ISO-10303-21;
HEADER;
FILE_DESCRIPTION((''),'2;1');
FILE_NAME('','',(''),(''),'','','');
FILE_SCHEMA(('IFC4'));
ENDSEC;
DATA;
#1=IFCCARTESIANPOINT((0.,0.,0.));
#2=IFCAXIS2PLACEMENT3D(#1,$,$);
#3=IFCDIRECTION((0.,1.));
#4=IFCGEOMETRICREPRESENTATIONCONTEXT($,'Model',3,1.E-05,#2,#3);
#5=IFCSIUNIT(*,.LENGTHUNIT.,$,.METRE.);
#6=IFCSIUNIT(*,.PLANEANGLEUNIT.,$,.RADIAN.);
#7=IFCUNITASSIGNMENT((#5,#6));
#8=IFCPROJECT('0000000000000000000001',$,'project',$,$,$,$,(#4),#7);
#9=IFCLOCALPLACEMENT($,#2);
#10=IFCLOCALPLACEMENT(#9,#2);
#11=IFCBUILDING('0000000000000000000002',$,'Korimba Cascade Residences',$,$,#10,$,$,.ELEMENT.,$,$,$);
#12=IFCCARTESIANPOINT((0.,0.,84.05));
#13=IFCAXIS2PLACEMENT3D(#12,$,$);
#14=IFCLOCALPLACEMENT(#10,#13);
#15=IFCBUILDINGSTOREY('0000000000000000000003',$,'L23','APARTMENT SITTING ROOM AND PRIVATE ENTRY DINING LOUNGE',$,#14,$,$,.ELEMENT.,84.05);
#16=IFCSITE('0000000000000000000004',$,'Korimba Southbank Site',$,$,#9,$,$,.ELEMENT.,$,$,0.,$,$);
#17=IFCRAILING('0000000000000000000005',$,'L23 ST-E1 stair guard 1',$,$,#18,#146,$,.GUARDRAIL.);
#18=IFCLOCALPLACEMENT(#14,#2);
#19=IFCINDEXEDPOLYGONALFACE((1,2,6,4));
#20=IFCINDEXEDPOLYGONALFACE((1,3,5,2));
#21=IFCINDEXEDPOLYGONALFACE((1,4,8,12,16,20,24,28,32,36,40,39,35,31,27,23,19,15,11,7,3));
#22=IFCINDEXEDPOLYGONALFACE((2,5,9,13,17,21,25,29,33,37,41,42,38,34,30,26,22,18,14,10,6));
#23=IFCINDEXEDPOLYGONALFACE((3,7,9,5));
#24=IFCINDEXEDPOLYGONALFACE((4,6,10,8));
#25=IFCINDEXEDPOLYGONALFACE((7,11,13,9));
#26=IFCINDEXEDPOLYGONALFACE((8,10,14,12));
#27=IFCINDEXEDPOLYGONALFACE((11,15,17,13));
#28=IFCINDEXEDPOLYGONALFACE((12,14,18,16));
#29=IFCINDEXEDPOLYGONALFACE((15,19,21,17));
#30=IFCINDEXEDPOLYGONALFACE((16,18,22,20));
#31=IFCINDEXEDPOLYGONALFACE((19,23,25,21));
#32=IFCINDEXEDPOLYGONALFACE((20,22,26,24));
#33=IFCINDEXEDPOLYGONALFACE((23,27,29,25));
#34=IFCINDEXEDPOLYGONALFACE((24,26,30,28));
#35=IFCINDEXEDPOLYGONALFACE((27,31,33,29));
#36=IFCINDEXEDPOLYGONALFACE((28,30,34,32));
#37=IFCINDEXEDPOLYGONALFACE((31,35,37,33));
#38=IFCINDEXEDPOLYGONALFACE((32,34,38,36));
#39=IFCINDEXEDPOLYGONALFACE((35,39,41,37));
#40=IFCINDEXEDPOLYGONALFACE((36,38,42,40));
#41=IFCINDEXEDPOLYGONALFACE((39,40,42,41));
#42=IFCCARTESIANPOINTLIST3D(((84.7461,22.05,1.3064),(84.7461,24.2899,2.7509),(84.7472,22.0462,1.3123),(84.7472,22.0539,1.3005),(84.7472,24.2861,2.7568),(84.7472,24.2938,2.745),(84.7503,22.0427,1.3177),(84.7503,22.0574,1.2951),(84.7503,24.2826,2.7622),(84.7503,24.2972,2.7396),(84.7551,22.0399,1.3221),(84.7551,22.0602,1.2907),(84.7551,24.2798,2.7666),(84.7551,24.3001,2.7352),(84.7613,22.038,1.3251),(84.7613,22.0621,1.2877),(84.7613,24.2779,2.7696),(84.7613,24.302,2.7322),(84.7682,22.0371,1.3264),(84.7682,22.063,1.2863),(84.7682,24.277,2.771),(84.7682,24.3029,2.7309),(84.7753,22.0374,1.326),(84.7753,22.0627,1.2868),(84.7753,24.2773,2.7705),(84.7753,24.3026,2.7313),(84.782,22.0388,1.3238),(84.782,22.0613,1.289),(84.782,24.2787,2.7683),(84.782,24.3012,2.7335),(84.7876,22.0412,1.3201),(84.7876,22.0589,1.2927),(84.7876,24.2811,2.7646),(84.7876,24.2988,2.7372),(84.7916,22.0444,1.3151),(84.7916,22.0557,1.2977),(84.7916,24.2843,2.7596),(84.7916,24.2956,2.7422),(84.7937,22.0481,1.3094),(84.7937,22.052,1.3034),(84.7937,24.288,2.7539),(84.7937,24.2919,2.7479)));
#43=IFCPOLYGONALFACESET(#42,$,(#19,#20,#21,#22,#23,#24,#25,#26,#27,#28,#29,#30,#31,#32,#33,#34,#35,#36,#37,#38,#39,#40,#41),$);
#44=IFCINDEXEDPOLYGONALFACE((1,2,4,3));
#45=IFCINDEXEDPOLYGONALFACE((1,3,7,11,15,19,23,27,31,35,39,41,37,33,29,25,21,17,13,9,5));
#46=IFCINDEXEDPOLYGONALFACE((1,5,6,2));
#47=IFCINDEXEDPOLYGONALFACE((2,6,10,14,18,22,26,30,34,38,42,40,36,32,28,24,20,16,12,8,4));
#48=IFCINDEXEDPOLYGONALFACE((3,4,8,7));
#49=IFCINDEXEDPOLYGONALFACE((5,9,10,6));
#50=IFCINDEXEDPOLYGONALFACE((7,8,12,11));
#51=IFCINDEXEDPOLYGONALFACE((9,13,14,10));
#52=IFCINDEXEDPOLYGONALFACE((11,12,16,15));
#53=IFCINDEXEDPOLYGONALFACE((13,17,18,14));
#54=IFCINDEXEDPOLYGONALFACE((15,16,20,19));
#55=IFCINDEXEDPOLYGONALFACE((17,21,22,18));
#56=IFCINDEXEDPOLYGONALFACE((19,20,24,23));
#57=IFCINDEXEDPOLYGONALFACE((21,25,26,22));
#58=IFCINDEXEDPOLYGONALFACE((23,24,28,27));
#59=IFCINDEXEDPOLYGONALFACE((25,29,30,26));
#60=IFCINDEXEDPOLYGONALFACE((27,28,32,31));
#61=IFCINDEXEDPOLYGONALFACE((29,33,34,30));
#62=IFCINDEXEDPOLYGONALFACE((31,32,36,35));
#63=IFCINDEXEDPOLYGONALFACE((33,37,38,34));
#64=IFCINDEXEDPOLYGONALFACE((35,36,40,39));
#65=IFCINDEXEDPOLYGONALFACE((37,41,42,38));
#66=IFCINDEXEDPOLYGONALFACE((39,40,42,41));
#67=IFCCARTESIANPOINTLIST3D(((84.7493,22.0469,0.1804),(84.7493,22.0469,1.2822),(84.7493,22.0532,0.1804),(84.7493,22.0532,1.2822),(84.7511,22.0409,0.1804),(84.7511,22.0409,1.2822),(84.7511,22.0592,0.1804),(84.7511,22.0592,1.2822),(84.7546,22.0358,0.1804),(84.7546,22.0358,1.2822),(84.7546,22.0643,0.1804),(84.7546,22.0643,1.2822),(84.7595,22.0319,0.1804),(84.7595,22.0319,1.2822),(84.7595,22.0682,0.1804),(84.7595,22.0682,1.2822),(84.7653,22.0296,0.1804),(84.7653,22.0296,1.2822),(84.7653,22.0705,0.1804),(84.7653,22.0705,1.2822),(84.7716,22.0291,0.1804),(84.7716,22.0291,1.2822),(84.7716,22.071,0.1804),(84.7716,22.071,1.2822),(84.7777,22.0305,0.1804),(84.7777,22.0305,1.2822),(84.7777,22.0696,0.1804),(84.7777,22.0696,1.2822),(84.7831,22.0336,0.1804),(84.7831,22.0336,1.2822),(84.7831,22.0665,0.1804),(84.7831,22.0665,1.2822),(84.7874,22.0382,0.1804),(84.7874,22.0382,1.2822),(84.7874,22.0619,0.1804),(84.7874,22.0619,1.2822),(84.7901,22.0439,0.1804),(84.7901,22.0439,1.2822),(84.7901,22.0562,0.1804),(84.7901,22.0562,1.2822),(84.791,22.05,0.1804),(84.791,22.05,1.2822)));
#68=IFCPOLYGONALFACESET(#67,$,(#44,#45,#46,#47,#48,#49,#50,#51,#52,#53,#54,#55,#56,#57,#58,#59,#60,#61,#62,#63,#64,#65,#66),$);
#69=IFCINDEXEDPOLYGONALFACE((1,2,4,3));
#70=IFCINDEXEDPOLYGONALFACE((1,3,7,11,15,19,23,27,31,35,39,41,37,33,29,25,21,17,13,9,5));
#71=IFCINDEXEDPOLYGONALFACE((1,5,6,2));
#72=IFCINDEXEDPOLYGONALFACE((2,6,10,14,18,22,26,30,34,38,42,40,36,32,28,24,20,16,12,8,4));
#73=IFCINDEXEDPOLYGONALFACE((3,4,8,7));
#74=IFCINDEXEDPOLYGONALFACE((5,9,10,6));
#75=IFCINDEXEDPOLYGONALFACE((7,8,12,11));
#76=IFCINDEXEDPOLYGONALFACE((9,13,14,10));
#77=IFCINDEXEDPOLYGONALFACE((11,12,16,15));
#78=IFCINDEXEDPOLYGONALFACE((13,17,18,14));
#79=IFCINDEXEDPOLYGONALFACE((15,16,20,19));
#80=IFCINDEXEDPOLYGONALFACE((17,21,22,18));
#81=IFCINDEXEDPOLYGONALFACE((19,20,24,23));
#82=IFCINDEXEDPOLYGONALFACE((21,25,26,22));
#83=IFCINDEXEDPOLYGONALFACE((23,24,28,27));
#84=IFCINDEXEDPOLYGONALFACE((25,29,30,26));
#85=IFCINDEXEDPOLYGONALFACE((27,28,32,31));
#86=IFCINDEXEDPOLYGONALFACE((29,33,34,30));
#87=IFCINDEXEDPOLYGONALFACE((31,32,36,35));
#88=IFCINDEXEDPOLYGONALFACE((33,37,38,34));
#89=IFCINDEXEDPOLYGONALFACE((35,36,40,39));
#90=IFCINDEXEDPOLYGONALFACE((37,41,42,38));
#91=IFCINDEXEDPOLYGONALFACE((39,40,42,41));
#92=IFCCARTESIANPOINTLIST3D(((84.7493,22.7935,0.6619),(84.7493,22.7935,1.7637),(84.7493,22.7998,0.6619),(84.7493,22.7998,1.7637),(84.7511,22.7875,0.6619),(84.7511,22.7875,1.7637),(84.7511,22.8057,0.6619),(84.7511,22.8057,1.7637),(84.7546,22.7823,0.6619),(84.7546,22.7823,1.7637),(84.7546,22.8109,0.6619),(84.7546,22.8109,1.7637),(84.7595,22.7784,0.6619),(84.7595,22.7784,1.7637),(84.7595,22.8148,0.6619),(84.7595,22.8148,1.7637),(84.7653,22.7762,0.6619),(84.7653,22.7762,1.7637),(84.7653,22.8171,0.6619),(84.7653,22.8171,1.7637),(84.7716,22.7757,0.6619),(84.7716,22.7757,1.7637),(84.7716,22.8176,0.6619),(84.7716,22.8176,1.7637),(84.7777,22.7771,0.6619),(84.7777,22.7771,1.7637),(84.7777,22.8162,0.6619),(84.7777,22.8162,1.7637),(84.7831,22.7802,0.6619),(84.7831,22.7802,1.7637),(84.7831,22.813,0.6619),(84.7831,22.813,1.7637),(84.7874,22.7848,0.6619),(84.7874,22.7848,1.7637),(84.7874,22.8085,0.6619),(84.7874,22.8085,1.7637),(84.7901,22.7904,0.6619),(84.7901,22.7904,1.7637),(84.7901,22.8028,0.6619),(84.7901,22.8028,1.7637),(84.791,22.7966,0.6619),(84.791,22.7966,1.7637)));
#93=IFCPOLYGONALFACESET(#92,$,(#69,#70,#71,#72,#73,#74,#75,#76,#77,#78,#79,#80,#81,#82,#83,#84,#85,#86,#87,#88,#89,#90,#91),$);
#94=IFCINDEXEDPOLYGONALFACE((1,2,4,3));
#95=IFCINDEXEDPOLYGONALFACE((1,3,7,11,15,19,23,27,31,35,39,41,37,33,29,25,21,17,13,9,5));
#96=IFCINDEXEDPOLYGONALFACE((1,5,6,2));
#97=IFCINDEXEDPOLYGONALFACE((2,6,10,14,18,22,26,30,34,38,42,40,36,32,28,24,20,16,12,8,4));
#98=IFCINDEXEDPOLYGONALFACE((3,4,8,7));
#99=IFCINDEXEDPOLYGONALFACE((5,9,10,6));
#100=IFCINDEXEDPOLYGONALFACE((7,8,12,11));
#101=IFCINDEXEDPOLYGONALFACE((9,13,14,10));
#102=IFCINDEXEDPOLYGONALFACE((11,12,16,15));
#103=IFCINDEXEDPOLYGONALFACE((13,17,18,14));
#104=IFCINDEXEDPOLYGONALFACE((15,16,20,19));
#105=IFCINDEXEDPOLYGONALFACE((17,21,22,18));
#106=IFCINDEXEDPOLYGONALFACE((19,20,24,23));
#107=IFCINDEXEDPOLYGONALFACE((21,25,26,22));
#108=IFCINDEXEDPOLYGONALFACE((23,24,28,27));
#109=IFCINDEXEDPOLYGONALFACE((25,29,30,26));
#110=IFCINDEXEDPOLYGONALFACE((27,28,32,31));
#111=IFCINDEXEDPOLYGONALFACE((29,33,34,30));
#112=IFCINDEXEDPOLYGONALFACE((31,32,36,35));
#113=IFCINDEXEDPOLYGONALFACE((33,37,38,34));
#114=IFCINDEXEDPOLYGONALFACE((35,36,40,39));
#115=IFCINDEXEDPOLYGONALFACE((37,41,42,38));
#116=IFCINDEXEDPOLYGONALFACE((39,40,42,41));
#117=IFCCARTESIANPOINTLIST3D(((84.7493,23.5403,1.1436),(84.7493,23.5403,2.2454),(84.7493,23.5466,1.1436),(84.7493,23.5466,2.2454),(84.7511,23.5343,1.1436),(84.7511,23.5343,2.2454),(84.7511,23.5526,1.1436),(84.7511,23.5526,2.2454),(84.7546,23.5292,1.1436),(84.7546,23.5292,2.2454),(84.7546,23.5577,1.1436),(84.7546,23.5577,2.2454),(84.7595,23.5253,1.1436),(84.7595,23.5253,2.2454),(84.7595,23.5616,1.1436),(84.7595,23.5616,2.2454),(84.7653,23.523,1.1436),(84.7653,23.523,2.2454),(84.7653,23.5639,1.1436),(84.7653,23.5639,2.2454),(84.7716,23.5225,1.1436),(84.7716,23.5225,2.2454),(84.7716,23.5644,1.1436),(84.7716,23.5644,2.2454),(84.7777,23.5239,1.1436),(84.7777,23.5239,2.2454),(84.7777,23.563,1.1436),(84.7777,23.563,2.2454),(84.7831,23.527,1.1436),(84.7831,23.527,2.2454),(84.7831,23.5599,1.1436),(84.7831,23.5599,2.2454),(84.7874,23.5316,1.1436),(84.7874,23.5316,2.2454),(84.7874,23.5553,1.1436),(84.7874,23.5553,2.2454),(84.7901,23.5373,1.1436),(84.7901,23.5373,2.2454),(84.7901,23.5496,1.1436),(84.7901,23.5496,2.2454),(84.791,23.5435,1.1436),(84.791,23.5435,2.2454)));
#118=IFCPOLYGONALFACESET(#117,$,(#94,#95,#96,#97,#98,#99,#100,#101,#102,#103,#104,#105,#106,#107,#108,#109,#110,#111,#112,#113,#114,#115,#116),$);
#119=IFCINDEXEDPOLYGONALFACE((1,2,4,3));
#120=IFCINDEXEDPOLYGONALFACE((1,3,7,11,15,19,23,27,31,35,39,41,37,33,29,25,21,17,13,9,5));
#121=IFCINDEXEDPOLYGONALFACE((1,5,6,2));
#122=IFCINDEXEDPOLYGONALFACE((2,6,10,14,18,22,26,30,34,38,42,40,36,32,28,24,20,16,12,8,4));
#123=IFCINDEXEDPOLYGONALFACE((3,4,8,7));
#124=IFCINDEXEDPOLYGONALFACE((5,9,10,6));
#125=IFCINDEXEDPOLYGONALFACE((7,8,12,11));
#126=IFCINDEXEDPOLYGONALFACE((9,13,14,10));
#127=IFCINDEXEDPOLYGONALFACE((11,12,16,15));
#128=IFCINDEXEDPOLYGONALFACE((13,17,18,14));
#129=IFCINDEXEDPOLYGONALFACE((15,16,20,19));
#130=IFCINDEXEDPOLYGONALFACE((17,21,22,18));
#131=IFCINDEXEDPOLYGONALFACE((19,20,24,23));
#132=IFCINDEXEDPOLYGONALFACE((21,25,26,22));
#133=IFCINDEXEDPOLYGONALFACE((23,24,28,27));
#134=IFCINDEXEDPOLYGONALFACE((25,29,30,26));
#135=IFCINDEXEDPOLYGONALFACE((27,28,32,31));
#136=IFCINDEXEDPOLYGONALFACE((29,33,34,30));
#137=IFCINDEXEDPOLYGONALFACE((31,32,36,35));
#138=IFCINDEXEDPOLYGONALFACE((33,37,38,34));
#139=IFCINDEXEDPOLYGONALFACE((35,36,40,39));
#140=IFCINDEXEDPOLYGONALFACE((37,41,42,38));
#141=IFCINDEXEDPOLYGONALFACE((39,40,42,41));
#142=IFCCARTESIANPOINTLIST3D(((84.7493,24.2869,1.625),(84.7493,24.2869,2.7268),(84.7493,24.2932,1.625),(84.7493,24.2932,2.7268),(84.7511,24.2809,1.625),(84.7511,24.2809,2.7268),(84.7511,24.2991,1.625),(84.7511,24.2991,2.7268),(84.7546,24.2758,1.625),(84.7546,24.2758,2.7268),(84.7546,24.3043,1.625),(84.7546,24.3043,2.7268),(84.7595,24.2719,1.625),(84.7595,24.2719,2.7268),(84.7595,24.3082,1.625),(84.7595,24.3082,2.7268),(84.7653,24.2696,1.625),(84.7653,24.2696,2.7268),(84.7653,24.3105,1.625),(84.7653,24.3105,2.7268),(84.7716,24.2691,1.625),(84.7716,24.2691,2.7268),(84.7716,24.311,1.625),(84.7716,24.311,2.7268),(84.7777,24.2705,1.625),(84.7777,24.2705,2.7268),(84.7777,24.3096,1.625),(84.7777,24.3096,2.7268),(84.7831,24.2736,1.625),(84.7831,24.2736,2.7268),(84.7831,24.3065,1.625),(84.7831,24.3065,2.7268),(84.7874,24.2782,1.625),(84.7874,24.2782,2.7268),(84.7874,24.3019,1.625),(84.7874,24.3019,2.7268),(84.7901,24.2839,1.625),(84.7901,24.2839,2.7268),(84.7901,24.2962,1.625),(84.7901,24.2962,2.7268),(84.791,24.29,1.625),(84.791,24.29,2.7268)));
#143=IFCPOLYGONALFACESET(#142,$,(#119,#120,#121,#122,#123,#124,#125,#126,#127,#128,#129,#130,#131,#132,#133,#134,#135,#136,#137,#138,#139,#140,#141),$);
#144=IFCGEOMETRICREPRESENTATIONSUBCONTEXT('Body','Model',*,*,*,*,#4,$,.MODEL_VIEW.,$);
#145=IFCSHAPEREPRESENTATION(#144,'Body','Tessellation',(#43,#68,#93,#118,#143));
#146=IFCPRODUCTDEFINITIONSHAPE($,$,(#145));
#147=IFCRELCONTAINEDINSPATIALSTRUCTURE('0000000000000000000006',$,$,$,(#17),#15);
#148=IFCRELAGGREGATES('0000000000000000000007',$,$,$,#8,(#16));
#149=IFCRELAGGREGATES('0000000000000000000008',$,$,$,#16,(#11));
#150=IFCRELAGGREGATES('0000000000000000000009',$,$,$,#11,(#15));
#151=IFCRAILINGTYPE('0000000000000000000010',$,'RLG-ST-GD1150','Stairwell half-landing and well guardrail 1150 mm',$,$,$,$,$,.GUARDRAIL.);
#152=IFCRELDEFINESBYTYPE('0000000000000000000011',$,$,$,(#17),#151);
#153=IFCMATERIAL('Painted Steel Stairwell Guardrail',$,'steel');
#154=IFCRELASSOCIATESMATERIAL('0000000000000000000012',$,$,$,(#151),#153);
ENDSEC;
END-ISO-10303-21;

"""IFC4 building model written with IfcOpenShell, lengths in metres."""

from ifc_helpers import new_model, si_unit, direction, frame, origin, origin_2d, place, context, subcontext, project, spatial, circle, extrude, material, type_object, element, save


model = new_model("IFC4")

# Units and contexts
model_context = context("Model", 3, precision=1e-05, world=origin(), true_north=direction((0.0, 1.0)))
body_context = subcontext(model_context, "Body", "Model", "MODEL_VIEW")
ifc_project = project(units=[si_unit("LENGTHUNIT", "METRE"), si_unit("PLANEANGLEUNIT", "RADIAN")], contexts=[model_context])

# Site, building, storey
site_placement = place(None, origin())
site = spatial("IfcSite", under=ifc_project, at=site_placement, Name="Korimba Southbank Site", CompositionType="ELEMENT", RefElevation=0.0)
building_placement = place(site_placement, origin())
building = spatial("IfcBuilding", under=site, at=building_placement, Name="Korimba Cascade Residences", CompositionType="ELEMENT")
storey_placement = place(building_placement, frame((0.0, 0.0, 84.05)))
storey = spatial("IfcBuildingStorey", under=building, at=storey_placement, Name="L23", Description="APARTMENT SITTING ROOM AND PRIVATE ENTRY DINING LOUNGE", CompositionType="ELEMENT", Elevation=84.05)

# Railing
ifc_material_1 = material(Name="Painted Steel Stairwell Guardrail", Category="steel")
railing_type_1 = type_object("IfcRailingType", Name="RLG-ST-GD1150", Description="Stairwell half-landing and well guardrail 1150 mm", PredefinedType="GUARDRAIL", material=ifc_material_1)
railing_1_placement = place(storey_placement, frame((84.77, 22.05, 0.1804)))
element("IfcRailing", 1, at=railing_1_placement, inside=storey, type_object=railing_type_1, Name="L23 ST-E1 stair guard 1", PredefinedType="GUARDRAIL", context=body_context, shape_type="SweptSolid", body=[
    extrude(circle(Radius=0.0239, at=origin_2d()), frame((0.0, 0.0, 1.126), z_axis=(0.0, 0.840395, 0.541975), x_axis=(-1.0, 0.0, 0.0)), (0.0, 0.0, 1.0), 2.6653),
    extrude(circle(Radius=0.021, at=origin_2d()), origin(), (0.0, 0.0, 1.0), 1.1018),
    extrude(circle(Radius=0.021, at=origin_2d()), frame((0.0, 0.7466, 0.4814)), (0.0, 0.0, 1.0), 1.1018),
    extrude(circle(Radius=0.021, at=origin_2d()), frame((0.0, 1.4934, 0.9631)), (0.0, 0.0, 1.0), 1.1018),
    extrude(circle(Radius=0.021, at=origin_2d()), frame((0.0, 2.24, 1.4446)), (0.0, 0.0, 1.0), 1.1018),
])

save(model, "model.ifc")
